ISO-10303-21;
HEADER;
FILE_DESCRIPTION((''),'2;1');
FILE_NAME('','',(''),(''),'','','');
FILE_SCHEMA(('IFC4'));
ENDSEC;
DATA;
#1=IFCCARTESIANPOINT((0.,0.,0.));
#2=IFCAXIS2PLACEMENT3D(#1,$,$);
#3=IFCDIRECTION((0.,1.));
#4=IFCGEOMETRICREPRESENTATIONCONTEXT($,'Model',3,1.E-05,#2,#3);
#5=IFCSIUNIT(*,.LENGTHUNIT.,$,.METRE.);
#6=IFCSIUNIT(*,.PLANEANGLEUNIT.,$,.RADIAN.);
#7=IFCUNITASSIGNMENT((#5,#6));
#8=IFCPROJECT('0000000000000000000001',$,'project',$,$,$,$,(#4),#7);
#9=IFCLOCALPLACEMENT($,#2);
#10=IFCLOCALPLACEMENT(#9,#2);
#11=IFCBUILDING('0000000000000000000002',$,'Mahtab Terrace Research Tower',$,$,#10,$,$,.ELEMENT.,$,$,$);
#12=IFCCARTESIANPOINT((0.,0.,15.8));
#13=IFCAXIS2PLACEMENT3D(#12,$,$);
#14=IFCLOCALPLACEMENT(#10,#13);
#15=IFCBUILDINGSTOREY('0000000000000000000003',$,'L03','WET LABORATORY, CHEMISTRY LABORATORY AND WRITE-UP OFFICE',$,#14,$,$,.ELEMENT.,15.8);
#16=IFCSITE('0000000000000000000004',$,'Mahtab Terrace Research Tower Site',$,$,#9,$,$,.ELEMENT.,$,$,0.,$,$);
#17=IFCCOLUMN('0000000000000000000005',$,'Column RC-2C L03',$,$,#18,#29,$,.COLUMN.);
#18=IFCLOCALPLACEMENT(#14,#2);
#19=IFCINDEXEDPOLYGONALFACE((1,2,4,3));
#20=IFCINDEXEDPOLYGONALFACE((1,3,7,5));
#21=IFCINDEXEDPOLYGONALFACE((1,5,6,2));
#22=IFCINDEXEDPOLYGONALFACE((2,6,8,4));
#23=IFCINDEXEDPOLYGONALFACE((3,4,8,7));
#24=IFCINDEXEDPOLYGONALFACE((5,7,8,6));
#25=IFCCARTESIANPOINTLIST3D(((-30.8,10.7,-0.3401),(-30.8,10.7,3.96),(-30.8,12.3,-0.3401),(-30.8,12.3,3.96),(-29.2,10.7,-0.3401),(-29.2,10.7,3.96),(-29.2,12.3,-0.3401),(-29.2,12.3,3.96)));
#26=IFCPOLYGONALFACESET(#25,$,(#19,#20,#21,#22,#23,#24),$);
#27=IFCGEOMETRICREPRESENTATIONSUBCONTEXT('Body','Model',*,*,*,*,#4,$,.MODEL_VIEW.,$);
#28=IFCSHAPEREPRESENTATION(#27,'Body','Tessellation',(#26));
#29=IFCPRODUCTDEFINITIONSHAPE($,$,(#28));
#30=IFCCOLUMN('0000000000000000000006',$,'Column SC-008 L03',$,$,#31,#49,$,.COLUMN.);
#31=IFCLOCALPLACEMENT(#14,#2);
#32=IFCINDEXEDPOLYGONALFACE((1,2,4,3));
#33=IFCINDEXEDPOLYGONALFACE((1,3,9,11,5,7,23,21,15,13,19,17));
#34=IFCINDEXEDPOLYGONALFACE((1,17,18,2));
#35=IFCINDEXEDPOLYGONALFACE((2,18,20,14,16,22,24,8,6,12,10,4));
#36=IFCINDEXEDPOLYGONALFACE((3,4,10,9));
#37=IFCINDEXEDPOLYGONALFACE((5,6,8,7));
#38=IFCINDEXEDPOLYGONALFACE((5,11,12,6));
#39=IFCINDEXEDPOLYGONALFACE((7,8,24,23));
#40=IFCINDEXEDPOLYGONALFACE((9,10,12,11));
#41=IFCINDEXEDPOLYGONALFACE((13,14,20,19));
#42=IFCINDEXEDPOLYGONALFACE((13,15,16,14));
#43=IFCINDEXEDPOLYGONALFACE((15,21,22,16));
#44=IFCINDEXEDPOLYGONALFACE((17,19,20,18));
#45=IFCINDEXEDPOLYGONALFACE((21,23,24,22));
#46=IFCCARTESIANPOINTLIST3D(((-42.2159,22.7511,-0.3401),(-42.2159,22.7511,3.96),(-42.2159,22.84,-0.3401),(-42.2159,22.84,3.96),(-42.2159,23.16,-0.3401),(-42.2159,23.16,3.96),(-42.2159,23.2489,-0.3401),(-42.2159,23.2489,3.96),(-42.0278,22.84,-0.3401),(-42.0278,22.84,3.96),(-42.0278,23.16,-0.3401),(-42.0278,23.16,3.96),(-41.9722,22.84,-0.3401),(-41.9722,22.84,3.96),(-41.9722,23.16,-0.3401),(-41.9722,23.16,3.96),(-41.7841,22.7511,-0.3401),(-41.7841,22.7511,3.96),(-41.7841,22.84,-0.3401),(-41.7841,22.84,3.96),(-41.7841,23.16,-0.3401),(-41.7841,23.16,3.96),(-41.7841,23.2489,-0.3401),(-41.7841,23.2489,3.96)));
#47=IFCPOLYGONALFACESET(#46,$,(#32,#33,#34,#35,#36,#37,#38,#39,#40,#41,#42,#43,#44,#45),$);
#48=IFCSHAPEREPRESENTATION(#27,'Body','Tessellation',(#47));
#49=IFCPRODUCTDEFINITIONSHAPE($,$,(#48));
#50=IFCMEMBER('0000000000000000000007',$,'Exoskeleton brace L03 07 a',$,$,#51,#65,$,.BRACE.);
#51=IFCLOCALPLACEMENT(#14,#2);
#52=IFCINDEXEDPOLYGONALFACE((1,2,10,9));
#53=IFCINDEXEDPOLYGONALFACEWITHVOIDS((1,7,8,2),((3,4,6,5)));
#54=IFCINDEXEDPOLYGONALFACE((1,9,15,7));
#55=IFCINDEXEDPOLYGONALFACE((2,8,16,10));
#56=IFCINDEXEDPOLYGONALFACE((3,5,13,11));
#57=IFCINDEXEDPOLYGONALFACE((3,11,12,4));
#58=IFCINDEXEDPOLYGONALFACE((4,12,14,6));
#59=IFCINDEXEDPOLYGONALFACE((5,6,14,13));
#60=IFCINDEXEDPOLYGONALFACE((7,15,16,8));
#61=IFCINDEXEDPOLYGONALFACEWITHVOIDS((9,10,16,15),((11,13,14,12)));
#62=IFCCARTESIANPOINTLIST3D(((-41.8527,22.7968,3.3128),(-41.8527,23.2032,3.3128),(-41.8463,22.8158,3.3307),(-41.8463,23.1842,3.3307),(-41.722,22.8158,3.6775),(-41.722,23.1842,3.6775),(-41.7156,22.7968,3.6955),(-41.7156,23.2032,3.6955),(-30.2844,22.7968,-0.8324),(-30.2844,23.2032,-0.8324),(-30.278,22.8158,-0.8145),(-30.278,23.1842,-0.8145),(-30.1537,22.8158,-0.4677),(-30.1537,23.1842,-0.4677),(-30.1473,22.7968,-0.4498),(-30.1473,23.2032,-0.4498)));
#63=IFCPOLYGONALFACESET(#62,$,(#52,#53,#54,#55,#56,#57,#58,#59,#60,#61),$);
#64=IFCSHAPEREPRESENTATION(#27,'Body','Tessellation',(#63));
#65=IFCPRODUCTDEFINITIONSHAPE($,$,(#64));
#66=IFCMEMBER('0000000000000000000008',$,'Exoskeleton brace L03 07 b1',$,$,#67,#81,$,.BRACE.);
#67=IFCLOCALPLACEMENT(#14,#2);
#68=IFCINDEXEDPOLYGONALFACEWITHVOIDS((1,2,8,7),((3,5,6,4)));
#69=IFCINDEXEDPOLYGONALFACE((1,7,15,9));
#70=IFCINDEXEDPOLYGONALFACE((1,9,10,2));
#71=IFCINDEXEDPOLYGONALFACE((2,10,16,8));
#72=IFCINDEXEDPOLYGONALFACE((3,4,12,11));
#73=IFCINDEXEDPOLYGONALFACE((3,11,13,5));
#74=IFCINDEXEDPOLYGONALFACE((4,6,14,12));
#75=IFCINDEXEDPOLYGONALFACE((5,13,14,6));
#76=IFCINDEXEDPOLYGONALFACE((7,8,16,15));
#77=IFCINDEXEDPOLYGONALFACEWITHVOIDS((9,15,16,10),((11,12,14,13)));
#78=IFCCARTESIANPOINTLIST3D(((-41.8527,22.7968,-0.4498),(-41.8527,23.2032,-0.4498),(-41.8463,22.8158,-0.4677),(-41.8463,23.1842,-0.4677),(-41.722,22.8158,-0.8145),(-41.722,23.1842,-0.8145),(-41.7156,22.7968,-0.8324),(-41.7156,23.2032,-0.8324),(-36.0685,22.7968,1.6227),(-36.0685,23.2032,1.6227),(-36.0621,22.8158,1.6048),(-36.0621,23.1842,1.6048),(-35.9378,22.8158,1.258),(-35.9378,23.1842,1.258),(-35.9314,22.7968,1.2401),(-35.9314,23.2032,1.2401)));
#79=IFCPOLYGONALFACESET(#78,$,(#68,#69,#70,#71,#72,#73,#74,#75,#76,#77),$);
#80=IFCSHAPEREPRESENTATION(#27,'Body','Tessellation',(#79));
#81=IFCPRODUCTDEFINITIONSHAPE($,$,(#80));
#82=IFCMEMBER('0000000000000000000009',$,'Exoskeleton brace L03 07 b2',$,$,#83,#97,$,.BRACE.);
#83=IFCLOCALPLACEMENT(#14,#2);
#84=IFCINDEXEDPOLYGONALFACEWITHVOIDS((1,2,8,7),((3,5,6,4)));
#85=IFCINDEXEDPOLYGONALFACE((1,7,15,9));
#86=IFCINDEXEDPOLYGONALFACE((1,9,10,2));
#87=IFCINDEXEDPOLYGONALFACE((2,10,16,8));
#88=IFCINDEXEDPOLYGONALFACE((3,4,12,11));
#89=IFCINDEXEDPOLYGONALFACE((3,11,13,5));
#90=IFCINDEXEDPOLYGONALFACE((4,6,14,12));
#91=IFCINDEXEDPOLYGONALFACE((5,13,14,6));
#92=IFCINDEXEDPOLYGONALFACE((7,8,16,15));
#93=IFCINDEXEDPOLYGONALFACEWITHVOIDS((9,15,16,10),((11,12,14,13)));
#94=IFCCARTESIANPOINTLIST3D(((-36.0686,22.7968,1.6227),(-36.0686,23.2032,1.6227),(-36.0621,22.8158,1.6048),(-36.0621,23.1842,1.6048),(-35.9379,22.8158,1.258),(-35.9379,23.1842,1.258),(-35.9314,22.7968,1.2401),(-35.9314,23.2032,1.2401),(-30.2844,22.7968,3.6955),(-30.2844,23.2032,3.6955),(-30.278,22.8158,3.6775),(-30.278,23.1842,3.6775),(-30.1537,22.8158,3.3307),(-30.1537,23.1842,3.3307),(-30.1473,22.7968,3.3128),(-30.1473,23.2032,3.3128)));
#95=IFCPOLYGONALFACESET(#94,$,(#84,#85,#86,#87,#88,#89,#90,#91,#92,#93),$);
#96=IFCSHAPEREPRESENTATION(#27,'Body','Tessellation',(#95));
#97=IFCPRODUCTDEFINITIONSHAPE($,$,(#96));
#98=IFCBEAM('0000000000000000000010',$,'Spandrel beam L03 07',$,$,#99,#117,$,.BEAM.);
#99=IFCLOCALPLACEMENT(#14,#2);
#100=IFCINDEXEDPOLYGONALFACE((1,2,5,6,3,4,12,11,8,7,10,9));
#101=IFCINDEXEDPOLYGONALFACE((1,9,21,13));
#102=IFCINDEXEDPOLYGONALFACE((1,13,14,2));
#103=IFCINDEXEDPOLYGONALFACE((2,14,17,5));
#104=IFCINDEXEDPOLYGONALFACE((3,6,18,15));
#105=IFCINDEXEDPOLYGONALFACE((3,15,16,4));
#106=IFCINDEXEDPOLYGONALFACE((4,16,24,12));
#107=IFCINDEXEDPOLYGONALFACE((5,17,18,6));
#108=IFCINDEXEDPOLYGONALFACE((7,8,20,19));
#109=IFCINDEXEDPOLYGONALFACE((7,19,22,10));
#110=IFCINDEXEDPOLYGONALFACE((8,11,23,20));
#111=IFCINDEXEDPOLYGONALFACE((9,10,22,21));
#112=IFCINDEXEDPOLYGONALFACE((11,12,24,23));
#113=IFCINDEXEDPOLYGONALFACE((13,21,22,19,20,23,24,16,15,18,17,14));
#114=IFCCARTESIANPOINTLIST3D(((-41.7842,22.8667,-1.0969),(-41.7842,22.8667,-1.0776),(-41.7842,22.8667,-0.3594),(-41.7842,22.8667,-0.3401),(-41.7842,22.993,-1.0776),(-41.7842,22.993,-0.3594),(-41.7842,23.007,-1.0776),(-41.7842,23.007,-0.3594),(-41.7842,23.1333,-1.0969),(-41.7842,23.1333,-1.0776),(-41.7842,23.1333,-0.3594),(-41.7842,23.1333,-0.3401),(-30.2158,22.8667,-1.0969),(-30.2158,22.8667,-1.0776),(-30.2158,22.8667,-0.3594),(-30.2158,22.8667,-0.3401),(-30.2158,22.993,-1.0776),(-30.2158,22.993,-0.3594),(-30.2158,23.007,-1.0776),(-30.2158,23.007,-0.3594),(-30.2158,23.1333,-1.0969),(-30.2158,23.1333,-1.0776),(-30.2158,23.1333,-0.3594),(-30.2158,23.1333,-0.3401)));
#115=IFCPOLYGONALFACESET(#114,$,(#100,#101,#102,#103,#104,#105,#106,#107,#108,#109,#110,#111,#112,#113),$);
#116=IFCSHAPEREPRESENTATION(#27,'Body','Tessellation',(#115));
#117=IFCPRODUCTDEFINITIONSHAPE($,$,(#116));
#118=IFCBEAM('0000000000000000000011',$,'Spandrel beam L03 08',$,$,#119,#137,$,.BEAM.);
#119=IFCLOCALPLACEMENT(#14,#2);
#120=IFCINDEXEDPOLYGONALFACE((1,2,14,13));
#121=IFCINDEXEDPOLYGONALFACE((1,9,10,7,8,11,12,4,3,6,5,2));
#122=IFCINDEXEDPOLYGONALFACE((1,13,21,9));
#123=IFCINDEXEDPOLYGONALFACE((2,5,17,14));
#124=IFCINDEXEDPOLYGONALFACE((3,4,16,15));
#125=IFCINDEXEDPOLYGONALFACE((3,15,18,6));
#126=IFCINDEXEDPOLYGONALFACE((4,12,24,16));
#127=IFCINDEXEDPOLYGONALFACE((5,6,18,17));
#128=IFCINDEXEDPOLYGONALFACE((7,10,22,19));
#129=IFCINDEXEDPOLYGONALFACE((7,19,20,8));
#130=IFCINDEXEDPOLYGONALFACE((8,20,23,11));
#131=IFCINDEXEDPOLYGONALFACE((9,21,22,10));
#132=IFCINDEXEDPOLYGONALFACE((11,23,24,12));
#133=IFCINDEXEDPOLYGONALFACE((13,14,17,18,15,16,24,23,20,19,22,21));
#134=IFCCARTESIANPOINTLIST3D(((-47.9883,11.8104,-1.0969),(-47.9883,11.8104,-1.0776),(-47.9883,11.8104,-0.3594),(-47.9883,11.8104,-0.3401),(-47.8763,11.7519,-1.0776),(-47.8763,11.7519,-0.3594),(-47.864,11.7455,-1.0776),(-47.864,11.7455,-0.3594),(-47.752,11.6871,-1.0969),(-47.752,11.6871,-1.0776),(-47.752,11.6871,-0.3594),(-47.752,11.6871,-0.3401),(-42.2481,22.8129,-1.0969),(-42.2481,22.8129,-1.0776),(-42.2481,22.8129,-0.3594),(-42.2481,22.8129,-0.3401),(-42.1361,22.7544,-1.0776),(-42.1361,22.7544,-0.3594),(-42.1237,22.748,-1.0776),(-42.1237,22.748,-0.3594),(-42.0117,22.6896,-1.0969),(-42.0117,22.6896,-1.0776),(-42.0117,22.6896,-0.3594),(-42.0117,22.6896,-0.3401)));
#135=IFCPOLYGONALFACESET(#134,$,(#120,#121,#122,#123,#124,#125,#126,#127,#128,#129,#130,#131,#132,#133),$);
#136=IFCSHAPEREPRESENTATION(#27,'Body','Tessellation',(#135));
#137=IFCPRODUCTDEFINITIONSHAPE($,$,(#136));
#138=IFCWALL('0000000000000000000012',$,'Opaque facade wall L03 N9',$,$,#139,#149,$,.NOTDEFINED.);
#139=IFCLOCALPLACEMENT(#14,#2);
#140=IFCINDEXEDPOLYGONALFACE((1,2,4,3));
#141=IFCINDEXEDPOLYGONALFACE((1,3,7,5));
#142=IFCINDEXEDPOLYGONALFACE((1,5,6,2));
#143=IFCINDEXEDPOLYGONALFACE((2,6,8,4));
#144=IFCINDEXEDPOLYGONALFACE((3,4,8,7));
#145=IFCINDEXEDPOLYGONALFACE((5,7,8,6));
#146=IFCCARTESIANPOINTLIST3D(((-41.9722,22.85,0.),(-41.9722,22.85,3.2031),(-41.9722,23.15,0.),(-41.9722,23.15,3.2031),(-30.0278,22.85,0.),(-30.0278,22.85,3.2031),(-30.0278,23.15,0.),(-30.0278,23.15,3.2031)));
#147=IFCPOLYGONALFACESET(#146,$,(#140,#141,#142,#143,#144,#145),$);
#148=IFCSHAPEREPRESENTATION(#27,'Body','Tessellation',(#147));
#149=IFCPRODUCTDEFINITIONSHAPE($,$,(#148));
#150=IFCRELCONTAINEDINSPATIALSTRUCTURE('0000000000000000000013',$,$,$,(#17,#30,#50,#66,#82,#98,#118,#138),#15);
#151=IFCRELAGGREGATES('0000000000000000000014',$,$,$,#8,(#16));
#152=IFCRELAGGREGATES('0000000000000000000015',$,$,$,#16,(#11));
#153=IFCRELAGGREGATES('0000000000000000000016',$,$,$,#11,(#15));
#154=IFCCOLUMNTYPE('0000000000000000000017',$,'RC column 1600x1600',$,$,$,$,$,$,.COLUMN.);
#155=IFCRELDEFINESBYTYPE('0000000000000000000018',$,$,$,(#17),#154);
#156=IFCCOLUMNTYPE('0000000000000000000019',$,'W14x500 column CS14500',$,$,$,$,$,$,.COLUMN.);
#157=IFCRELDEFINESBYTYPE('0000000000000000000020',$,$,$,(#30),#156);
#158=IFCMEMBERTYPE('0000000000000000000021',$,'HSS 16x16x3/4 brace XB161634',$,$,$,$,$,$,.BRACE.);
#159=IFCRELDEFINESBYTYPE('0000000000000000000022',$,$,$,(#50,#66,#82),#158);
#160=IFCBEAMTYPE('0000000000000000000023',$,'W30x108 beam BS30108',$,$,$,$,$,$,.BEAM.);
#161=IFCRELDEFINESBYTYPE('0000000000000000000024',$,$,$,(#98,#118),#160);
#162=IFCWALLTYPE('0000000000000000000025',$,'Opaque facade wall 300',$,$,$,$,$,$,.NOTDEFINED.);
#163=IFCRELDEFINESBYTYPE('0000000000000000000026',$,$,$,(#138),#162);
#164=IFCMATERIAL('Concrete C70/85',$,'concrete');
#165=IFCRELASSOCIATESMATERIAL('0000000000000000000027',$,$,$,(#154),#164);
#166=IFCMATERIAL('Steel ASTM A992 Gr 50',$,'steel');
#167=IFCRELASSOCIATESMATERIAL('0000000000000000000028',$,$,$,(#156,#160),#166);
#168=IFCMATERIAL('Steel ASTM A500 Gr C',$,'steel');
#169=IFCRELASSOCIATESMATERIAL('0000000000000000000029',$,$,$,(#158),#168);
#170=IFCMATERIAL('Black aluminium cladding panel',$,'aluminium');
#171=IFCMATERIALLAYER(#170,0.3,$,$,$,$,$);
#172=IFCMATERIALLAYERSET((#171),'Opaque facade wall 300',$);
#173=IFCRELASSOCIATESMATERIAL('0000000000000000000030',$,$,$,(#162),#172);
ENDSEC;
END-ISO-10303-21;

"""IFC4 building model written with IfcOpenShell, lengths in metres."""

from ifc_helpers import new_model, si_unit, direction, frame, frame_2d, origin, origin_2d, place, context, subcontext, project, spatial, rectangle, hollow_rectangle, i_section, extrude, material, layer, layer_set, material_profile, profile_set, type_object, element, save


model = new_model("IFC4")

# Units and contexts
model_context = context("Model", 3, precision=1e-05, world=origin(), true_north=direction((0.0, 1.0)))
body_context = subcontext(model_context, "Body", "Model", "MODEL_VIEW")
ifc_project = project(units=[si_unit("LENGTHUNIT", "METRE"), si_unit("PLANEANGLEUNIT", "RADIAN")], contexts=[model_context])

# Site, building, storey
site_placement = place(None, origin())
site = spatial("IfcSite", under=ifc_project, at=site_placement, Name="Mahtab Terrace Research Tower Site", CompositionType="ELEMENT", RefElevation=0.0)
building_placement = place(site_placement, origin())
building = spatial("IfcBuilding", under=site, at=building_placement, Name="Mahtab Terrace Research Tower", CompositionType="ELEMENT")
storey_placement = place(building_placement, frame((0.0, 0.0, 15.8)))
storey = spatial("IfcBuildingStorey", under=building, at=storey_placement, Name="L03", Description="WET LABORATORY, CHEMISTRY LABORATORY AND WRITE-UP OFFICE", CompositionType="ELEMENT", Elevation=15.8)

# Columns
ifc_material_1 = material(Name="Concrete C70/85", Category="concrete")
ifc_material_profile_1 = material_profile(ifc_material_1, rectangle(XDim=1.6001, YDim=1.6001, at=origin_2d()), Name="RC column 1600x1600")
ifc_profile_set_1 = profile_set([ifc_material_profile_1], Name="Concrete C70/85")
column_type_1 = type_object("IfcColumnType", Name="RC column 1600x1600", PredefinedType="COLUMN", material=ifc_profile_set_1)
column_1_placement = place(storey_placement, frame((-30.0, 11.5, -0.3401), z_axis=(0.0, 0.0, 1.0), x_axis=(1.0, 0.0, 0.0)))
element("IfcColumn", 1, at=column_1_placement, inside=storey, type_object=column_type_1, Name="Column RC-2C L03", PredefinedType="COLUMN", context=body_context, shape_type="SweptSolid", body=[
    extrude(rectangle(XDim=1.6001, YDim=1.6001, at=origin_2d()), origin(), (0.0, 0.0, 1.0), 4.3),
])
ifc_material_2 = material(Name="Steel ASTM A992 Gr 50", Category="steel")
ifc_material_profile_2 = material_profile(ifc_material_2, i_section(OverallWidth=0.4319, OverallDepth=0.4978, WebThickness=0.0557, FlangeThickness=0.0889, at=origin_2d()), Name="W14X500")
ifc_profile_set_2 = profile_set([ifc_material_profile_2], Name="Steel ASTM A992 Gr 50")
column_type_2 = type_object("IfcColumnType", Name="W14x500 column CS14500", PredefinedType="COLUMN", material=ifc_profile_set_2)
column_2_placement = place(storey_placement, frame((-42.0, 23.0, -0.3401), z_axis=(0.0, 0.0, 1.0), x_axis=(1.0, 0.0, 0.0)))
element("IfcColumn", 2, at=column_2_placement, inside=storey, type_object=column_type_2, Name="Column SC-008 L03", PredefinedType="COLUMN", context=body_context, shape_type="SweptSolid", body=[
    extrude(i_section(OverallWidth=0.4319, OverallDepth=0.4978, WebThickness=0.0557, FlangeThickness=0.0889, at=origin_2d()), origin(), (0.0, 0.0, 1.0), 4.3),
])

# Members
ifc_material_3 = material(Name="Steel ASTM A500 Gr C", Category="steel")
ifc_material_profile_3 = material_profile(ifc_material_3, hollow_rectangle(XDim=0.4065, YDim=0.4065, WallThickness=0.019, at=origin_2d()), Name="HSS16X16X3/4")
ifc_profile_set_3 = profile_set([ifc_material_profile_3], Name="Steel ASTM A500 Gr C")
member_type = type_object("IfcMemberType", Name="HSS 16x16x3/4 brace XB161634", PredefinedType="BRACE", material=ifc_profile_set_3)
member_placement = place(storey_placement, frame((-30.2158, 23.0, -0.6411), z_axis=(-0.941388, 0.0, 0.337325), x_axis=(0.0, -1.0, 0.0)))
element("IfcMember", 3, at=member_placement, inside=storey, type_object=member_type, Name="Exoskeleton brace L03 07 a", PredefinedType="BRACE", context=body_context, shape_type="SweptSolid", body=[
    extrude(hollow_rectangle(XDim=0.4065, YDim=0.4065, WallThickness=0.019, at=origin_2d()), origin(), (0.0, 0.0, 1.0), 12.2886),
])
for number, where, z_axis, x_axis, name in (
    (4, (-41.7842, 23.0, -0.6411), (0.941394, 0.0, 0.337308), (0.0, 1.0, 0.0), "Exoskeleton brace L03 07 b1"),
    (5, (-36.0, 23.0, 1.4314), (0.941382, 0.0, 0.337343), (0.0, 1.0, 0.0), "Exoskeleton brace L03 07 b2"),
):
    element("IfcMember", number, at=place(storey_placement, frame(where, z_axis=z_axis, x_axis=x_axis)), inside=storey, type_object=member_type, Name=name, PredefinedType="BRACE", context=body_context, shape_type="SweptSolid", body=[
        extrude(hollow_rectangle(XDim=0.4065, YDim=0.4065, WallThickness=0.019, at=origin_2d()), origin(), (0.0, 0.0, 1.0), 6.1443),
    ])

# Beams
ifc_material_profile_4 = material_profile(ifc_material_2, i_section(OverallWidth=0.2666, OverallDepth=0.7568, WebThickness=0.0139, FlangeThickness=0.0193, at=origin_2d()), Name="W30X108")
ifc_profile_set_4 = profile_set([ifc_material_profile_4], Name="Steel ASTM A992 Gr 50")
beam_type = type_object("IfcBeamType", Name="W30x108 beam BS30108", PredefinedType="BEAM", material=ifc_profile_set_4)
beam_1_placement = place(storey_placement, frame((-30.2158, 23.0, -0.7185), z_axis=(-1.0, 0.0, 0.0), x_axis=(0.0, -1.0, 0.0)))
element("IfcBeam", 6, at=beam_1_placement, inside=storey, type_object=beam_type, Name="Spandrel beam L03 07", PredefinedType="BEAM", context=body_context, shape_type="SweptSolid", body=[
    extrude(i_section(OverallWidth=0.2666, OverallDepth=0.7568, WebThickness=0.0139, FlangeThickness=0.0193, at=origin_2d()), origin(), (0.0, 0.0, 1.0), 11.5684),
])
beam_2_placement = place(storey_placement, frame((-42.1299, 22.7512, -0.7185), z_axis=(-0.462555, -0.88659, 0.0), x_axis=(0.88659, -0.462555, 0.0)))
element("IfcBeam", 7, at=beam_2_placement, inside=storey, type_object=beam_type, Name="Spandrel beam L03 08", PredefinedType="BEAM", context=body_context, shape_type="SweptSolid", body=[
    extrude(i_section(OverallWidth=0.2666, OverallDepth=0.7568, WebThickness=0.0139, FlangeThickness=0.0193, at=origin_2d()), origin(), (0.0, 0.0, 1.0), 12.4099),
])

# Wall
ifc_material_4 = material(Name="Black aluminium cladding panel", Category="aluminium")
ifc_layer_1 = layer(ifc_material_4, 0.3)
ifc_layer_set_1 = layer_set([ifc_layer_1], Name="Opaque facade wall 300")
wall_type_1 = type_object("IfcWallType", Name="Opaque facade wall 300", PredefinedType="NOTDEFINED", material=ifc_layer_set_1)
wall_1_placement = place(storey_placement, frame((-30.0278, 23.0, 0.0), z_axis=(0.0, 0.0, 1.0), x_axis=(-1.0, 0.0, 0.0)))
element("IfcWall", 8, at=wall_1_placement, inside=storey, type_object=wall_type_1, Name="Opaque facade wall L03 N9", PredefinedType="NOTDEFINED", context=body_context, shape_type="SweptSolid", body=[
    extrude(rectangle(XDim=11.9443, YDim=0.3, at=frame_2d((5.9722, 0.0))), origin(), (0.0, 0.0, 1.0), 3.2031),
])

save(model, "model.ifc")
